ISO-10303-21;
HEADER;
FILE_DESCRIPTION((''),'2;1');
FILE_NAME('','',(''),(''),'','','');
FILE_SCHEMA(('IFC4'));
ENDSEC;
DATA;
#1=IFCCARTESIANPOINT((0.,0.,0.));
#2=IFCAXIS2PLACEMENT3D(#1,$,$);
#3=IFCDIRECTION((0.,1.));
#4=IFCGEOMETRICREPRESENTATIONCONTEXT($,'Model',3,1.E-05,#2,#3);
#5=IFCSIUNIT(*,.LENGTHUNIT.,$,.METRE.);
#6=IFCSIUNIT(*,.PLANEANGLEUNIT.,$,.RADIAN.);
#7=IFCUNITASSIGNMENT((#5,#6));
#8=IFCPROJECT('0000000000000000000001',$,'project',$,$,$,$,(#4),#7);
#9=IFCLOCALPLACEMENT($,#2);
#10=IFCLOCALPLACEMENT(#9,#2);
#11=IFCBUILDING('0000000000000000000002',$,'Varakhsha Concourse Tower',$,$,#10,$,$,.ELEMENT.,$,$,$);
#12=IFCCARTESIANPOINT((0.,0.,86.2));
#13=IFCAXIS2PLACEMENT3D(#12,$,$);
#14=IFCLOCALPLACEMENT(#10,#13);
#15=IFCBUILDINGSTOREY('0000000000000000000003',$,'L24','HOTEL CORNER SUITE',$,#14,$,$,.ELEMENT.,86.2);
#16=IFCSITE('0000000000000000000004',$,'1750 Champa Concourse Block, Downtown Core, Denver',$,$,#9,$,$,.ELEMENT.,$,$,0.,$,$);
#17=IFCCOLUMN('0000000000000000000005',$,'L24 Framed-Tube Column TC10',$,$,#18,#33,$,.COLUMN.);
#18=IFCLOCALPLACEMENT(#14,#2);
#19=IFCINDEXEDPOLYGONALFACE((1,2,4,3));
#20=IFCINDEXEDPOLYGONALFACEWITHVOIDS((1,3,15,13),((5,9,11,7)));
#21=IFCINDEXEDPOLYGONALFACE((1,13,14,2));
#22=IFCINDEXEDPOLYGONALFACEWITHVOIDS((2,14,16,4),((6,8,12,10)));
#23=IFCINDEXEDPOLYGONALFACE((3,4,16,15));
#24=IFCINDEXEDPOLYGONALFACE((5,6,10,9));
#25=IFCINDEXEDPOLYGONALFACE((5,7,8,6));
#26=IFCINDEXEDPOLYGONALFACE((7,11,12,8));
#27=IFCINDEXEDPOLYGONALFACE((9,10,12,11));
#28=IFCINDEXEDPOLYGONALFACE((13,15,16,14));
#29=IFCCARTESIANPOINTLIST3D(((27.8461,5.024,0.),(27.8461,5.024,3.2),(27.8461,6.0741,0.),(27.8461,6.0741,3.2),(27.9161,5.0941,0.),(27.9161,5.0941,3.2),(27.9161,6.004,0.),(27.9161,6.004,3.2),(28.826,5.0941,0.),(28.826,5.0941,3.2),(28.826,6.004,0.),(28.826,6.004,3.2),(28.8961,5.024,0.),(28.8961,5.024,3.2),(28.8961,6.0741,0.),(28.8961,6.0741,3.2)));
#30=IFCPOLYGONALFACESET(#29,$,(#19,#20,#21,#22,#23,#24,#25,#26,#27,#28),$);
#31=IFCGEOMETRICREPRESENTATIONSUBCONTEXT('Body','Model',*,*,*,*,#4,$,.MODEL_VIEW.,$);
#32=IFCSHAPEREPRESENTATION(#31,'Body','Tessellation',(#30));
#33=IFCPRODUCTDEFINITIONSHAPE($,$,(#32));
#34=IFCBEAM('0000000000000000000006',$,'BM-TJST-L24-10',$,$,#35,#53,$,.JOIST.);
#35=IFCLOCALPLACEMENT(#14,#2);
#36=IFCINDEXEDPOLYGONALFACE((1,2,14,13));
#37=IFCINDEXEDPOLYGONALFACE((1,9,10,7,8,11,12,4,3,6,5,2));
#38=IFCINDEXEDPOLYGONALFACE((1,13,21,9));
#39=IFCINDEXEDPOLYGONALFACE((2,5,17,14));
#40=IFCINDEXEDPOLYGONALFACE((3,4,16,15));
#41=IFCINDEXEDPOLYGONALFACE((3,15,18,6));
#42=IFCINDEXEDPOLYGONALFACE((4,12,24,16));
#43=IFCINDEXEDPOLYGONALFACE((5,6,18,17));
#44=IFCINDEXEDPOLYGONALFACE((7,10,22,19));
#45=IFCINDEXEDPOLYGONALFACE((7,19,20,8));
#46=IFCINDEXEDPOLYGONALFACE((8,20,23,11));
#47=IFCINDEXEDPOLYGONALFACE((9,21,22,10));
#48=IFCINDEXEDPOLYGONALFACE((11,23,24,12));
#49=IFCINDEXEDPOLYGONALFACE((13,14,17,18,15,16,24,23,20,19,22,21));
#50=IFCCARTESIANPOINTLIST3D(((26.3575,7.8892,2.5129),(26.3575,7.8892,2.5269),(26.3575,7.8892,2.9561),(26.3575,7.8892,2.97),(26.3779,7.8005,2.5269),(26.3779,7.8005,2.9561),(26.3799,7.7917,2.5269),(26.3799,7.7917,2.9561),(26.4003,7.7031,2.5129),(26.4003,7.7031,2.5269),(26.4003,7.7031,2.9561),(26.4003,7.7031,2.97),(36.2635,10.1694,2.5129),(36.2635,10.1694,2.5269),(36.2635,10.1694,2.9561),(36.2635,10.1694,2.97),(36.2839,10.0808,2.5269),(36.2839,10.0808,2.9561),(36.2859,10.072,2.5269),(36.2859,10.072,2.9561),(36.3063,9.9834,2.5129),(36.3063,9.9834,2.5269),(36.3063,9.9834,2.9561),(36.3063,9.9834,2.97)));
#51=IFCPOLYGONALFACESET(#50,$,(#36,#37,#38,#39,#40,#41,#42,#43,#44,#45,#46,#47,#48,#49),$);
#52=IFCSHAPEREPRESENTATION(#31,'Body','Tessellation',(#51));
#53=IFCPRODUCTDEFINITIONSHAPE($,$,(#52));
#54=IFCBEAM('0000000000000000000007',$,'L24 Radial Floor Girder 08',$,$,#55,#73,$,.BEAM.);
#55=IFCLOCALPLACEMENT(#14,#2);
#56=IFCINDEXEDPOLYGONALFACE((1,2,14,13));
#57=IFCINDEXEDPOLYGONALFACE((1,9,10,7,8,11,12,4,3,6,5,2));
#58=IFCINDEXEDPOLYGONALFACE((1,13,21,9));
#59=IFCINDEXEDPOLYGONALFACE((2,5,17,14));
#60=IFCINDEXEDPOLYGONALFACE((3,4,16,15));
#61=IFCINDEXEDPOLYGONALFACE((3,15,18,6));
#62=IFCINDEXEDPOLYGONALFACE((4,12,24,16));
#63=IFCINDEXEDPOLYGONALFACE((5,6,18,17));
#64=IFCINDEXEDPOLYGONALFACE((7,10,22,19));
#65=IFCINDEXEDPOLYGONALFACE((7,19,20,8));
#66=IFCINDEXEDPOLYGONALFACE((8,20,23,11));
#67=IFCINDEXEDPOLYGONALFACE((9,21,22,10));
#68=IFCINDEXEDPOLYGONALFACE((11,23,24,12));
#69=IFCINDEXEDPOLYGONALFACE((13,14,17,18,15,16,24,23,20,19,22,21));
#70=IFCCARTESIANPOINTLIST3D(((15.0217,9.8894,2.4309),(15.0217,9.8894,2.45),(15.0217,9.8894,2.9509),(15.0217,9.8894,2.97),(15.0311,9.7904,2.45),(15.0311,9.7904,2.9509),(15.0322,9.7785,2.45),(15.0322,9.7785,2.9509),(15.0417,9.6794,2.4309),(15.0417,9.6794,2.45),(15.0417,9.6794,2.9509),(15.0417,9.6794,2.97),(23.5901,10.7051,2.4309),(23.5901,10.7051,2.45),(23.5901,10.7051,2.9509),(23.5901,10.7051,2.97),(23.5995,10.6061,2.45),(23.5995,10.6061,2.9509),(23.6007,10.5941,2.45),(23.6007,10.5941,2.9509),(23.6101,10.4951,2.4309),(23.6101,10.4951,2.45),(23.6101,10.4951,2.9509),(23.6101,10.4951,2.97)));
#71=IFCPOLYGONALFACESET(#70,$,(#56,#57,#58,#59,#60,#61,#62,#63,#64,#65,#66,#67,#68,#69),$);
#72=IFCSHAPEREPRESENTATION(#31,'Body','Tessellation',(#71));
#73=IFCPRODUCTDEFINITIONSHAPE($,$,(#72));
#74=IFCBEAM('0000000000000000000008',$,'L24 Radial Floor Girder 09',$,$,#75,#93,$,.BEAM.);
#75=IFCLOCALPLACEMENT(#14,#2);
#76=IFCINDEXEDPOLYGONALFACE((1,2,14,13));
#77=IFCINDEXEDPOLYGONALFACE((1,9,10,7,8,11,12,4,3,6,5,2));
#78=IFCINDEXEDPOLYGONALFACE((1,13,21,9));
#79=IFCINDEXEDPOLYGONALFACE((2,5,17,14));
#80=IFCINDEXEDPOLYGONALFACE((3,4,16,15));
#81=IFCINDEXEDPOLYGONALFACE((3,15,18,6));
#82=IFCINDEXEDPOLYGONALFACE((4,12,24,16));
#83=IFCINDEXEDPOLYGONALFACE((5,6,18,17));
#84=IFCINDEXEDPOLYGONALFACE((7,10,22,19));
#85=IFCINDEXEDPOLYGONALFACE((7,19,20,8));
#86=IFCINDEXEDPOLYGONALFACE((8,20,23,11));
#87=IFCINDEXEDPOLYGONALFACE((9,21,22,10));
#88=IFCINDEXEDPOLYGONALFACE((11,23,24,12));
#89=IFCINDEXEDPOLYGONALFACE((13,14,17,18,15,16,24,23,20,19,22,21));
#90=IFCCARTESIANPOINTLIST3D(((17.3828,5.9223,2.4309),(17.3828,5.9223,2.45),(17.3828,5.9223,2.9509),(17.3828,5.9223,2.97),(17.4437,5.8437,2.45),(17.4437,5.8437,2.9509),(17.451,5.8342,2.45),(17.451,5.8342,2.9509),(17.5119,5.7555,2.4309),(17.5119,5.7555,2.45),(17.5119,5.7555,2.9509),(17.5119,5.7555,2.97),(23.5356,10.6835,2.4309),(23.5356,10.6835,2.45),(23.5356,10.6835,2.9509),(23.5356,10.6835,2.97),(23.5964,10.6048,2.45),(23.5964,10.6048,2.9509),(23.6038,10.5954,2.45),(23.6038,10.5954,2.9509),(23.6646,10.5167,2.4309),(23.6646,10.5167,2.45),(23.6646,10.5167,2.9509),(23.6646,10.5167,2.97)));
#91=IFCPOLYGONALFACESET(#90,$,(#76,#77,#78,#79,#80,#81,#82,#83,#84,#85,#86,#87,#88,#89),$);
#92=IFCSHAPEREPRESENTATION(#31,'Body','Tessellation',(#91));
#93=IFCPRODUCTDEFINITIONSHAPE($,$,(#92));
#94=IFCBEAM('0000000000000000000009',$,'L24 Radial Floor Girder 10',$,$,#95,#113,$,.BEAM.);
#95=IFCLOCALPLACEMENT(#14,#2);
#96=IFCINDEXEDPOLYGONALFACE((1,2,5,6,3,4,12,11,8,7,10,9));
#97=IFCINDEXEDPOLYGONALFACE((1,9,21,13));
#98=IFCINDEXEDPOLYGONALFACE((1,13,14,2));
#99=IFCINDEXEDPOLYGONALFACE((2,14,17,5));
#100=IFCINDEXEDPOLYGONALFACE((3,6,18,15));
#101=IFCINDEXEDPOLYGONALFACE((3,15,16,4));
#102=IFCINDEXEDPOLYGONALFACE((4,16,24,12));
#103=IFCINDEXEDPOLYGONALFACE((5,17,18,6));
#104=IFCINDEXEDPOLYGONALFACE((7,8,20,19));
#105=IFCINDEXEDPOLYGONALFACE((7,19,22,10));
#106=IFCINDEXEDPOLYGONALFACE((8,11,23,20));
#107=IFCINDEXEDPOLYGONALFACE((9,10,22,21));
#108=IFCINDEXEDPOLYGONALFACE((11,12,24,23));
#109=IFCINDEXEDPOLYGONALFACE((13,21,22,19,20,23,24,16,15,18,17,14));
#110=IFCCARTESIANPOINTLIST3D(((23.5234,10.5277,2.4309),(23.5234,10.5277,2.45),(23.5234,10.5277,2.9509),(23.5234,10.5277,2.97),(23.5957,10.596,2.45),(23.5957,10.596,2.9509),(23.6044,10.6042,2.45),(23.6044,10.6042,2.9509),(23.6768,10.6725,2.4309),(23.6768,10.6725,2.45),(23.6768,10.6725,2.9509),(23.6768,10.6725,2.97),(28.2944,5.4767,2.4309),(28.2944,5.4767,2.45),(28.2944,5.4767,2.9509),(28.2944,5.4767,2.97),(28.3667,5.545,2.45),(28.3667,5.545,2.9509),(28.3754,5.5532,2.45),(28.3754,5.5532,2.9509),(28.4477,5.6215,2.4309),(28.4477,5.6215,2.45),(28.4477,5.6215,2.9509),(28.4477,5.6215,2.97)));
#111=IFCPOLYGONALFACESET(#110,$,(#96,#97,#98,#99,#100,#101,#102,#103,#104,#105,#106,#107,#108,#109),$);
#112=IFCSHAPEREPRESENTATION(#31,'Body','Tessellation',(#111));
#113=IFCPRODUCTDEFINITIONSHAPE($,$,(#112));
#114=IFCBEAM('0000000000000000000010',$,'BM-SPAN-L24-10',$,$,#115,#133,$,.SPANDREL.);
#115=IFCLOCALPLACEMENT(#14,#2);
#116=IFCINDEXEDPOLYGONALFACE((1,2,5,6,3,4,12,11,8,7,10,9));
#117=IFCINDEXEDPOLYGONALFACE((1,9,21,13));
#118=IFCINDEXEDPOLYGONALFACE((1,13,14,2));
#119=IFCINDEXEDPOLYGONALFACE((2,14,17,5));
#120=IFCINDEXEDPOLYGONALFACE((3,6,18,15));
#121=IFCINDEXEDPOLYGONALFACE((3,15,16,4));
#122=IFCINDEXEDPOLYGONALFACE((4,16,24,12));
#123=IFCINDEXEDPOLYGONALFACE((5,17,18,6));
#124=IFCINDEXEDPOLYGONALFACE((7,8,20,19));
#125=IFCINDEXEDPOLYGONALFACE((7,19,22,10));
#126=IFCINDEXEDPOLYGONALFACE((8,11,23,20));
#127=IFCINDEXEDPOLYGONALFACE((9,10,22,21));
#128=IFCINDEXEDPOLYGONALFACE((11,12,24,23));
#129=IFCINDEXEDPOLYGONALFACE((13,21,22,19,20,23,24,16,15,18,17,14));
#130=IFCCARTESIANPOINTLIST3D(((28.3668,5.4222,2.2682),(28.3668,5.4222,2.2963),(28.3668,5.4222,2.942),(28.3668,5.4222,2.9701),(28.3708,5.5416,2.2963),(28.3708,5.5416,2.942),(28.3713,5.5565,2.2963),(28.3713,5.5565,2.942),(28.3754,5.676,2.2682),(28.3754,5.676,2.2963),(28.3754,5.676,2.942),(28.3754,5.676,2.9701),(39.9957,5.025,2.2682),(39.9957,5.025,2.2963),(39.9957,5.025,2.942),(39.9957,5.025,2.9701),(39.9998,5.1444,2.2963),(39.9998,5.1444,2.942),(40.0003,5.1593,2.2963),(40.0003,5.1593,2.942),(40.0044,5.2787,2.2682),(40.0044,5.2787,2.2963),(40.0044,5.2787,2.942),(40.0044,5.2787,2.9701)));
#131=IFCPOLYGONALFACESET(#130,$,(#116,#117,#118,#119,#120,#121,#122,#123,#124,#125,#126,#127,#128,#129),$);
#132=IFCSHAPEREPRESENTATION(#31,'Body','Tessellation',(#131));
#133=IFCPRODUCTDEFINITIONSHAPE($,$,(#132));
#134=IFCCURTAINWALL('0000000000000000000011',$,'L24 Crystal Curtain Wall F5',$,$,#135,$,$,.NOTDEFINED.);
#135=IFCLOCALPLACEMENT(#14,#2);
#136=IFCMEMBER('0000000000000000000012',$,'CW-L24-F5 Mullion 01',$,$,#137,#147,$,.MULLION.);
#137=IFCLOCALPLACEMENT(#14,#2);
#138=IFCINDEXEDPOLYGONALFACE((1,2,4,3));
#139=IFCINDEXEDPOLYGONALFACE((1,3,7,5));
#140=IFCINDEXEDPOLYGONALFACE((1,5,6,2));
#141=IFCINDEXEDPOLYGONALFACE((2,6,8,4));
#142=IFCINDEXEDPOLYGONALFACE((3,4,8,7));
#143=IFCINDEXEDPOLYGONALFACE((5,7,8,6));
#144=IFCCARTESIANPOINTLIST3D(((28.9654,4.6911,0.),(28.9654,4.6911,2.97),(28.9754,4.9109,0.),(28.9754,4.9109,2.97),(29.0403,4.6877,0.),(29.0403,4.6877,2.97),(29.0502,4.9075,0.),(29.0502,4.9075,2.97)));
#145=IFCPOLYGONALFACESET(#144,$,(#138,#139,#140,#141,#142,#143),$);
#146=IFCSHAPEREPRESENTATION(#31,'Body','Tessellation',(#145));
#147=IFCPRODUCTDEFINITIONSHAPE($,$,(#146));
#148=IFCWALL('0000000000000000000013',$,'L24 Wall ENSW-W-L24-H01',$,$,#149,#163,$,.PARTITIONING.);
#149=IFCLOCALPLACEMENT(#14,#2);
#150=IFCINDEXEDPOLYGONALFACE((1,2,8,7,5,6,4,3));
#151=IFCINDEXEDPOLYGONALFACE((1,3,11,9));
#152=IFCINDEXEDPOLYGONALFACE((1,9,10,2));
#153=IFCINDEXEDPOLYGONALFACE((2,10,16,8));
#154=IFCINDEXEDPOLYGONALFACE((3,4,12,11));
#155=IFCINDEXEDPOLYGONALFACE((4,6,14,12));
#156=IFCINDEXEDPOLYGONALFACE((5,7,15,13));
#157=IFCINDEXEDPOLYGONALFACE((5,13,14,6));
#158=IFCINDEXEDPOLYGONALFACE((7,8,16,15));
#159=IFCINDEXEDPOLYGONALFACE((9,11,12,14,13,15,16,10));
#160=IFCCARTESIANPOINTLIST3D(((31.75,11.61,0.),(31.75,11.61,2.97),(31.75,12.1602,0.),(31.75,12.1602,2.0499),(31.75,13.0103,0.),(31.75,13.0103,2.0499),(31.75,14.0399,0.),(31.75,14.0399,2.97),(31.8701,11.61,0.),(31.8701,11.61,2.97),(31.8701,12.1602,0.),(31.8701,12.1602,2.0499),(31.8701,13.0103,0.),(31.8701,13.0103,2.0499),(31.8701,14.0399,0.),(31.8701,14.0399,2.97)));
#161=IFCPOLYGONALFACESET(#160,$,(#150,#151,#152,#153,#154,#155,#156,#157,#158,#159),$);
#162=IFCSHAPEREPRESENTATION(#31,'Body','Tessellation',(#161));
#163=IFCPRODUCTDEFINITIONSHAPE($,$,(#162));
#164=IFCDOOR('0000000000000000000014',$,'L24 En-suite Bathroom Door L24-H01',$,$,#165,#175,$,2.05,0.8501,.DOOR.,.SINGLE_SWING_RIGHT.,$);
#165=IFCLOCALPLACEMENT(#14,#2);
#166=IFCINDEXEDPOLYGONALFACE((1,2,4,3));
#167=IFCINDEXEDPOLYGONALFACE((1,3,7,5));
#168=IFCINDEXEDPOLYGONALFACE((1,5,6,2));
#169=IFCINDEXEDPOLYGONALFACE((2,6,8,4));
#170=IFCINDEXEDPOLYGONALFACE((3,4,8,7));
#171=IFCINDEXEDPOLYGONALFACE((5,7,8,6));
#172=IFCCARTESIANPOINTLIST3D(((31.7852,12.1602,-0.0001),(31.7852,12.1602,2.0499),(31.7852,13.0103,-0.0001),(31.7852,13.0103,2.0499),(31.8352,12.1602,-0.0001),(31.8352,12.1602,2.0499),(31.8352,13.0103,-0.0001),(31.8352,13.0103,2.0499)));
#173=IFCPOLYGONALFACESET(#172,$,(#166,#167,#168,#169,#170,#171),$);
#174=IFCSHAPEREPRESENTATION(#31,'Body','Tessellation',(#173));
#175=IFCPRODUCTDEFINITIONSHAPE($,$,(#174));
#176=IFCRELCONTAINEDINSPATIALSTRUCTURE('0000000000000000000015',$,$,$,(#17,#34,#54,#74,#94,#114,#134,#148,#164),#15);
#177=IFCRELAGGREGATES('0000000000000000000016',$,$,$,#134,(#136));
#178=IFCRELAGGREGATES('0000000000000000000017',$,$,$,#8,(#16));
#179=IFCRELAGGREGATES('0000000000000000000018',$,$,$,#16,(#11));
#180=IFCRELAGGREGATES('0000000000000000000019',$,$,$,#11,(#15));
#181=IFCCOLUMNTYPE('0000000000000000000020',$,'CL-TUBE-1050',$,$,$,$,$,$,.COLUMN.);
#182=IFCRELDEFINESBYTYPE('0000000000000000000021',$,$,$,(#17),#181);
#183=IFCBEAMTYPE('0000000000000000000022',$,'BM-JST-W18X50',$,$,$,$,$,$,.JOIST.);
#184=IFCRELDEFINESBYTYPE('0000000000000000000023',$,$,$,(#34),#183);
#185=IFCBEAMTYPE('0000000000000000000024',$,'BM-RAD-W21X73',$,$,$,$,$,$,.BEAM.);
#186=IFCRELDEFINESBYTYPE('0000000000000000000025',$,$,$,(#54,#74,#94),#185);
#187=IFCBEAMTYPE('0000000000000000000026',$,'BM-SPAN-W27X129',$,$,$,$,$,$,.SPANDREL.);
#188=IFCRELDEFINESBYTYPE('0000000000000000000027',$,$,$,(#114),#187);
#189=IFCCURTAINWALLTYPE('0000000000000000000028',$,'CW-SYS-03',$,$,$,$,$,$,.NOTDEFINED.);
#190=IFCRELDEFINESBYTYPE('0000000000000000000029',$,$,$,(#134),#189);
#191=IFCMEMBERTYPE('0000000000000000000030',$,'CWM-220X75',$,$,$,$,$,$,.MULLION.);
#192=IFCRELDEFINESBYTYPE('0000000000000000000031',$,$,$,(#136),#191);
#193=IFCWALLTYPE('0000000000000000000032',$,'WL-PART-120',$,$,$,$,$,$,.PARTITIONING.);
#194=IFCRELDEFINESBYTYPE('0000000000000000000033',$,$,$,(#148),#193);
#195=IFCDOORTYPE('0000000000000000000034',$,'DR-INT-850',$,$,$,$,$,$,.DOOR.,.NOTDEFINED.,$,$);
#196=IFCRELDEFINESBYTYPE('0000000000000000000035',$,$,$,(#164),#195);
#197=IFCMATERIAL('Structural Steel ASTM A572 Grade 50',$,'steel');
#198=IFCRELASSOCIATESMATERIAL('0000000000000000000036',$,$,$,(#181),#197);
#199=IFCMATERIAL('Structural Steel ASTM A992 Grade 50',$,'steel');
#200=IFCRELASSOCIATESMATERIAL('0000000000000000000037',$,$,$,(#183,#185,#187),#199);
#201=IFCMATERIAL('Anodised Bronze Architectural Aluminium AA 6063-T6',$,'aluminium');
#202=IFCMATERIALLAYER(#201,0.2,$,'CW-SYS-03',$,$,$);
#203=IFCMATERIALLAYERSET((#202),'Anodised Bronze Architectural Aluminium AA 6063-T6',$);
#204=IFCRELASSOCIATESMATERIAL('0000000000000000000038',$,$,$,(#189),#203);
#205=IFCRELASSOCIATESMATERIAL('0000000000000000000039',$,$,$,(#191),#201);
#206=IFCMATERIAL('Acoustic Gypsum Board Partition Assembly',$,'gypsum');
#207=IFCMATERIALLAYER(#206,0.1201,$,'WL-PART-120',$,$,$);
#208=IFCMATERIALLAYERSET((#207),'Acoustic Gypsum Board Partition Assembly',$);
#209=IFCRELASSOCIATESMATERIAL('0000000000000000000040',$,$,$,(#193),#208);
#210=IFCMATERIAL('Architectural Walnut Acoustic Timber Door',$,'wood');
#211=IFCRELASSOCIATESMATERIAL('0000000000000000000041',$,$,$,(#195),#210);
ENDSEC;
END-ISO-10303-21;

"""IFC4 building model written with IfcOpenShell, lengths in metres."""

from ifc_helpers import new_model, si_unit, direction, frame, frame_2d, origin, origin_2d, place, context, subcontext, project, spatial, rectangle, hollow_rectangle, i_section, extrude, source, transform, mapped, material, layer, layer_set, material_profile, profile_set, type_object, type_shapes, element, fill, aggregate, save


model = new_model("IFC4")

# Units and contexts
model_context = context("Model", 3, precision=1e-05, world=origin(), true_north=direction((0.0, 1.0)))
body_context = subcontext(model_context, "Body", "Model", "MODEL_VIEW")
ifc_project = project(units=[si_unit("LENGTHUNIT", "METRE"), si_unit("PLANEANGLEUNIT", "RADIAN")], contexts=[model_context])

# Site, building, storey
site_placement = place(None, origin())
site = spatial("IfcSite", under=ifc_project, at=site_placement, Name="1750 Champa Concourse Block, Downtown Core, Denver", CompositionType="ELEMENT", RefElevation=0.0)
building_placement = place(site_placement, origin())
building = spatial("IfcBuilding", under=site, at=building_placement, Name="Varakhsha Concourse Tower", CompositionType="ELEMENT")
storey_placement = place(building_placement, frame((0.0, 0.0, 86.2)))
storey = spatial("IfcBuildingStorey", under=building, at=storey_placement, Name="L24", Description="HOTEL CORNER SUITE", CompositionType="ELEMENT", Elevation=86.2)

# Column
ifc_material_1 = material(Name="Structural Steel ASTM A572 Grade 50", Category="steel")
ifc_material_profile_1 = material_profile(ifc_material_1, hollow_rectangle(XDim=1.05, YDim=1.05, WallThickness=0.0701, at=origin_2d()), Name="BOX 1050x1050x70")
ifc_profile_set_1 = profile_set([ifc_material_profile_1], Name="Structural Steel ASTM A572 Grade 50")
column_type = type_object("IfcColumnType", Name="CL-TUBE-1050", PredefinedType="COLUMN", material=ifc_profile_set_1)
column_placement = place(storey_placement, frame((28.3711, 5.5491, 0.0), z_axis=(0.0, 0.0, 1.0), x_axis=(1.0, 0.0, 0.0)))
element("IfcColumn", 1, at=column_placement, inside=storey, type_object=column_type, Name="L24 Framed-Tube Column TC10", PredefinedType="COLUMN", context=body_context, shape_type="SweptSolid", body=[
    extrude(hollow_rectangle(XDim=1.05, YDim=1.05, WallThickness=0.0701, at=origin_2d()), origin(), (0.0, 0.0, 1.0), 3.2),
])

# Beams
ifc_material_2 = material(Name="Structural Steel ASTM A992 Grade 50", Category="steel")
ifc_material_profile_2 = material_profile(ifc_material_2, i_section(OverallWidth=0.1909, OverallDepth=0.457, WebThickness=0.009, FlangeThickness=0.0139, at=origin_2d()), Name="W18X50")
ifc_profile_set_2 = profile_set([ifc_material_profile_2], Name="Structural Steel ASTM A992 Grade 50")
beam_type_1 = type_object("IfcBeamType", Name="BM-JST-W18X50", PredefinedType="JOIST", material=ifc_profile_set_2)
beam_1_placement = place(storey_placement, frame((26.3789, 7.7961, 2.7415), z_axis=(0.974515, 0.224324, 0.0), x_axis=(-0.224324, 0.974515, 0.0)))
element("IfcBeam", 2, at=beam_1_placement, inside=storey, type_object=beam_type_1, Name="BM-TJST-L24-10", PredefinedType="JOIST", context=body_context, shape_type="SweptSolid", body=[
    extrude(i_section(OverallWidth=0.1909, OverallDepth=0.457, WebThickness=0.009, FlangeThickness=0.0139, at=origin_2d()), origin(), (0.0, 0.0, 1.0), 10.165),
])
ifc_material_profile_3 = material_profile(ifc_material_2, i_section(OverallWidth=0.2109, OverallDepth=0.5391, WebThickness=0.012, FlangeThickness=0.019, at=origin_2d()), Name="W21X73")
ifc_profile_set_3 = profile_set([ifc_material_profile_3], Name="Structural Steel ASTM A992 Grade 50")
beam_type_2 = type_object("IfcBeamType", Name="BM-RAD-W21X73", PredefinedType="BEAM", material=ifc_profile_set_3)
beam_2_placement = place(storey_placement, frame((23.6001, 10.6001, 2.7004), z_axis=(-0.995499, -0.094768, 0.0), x_axis=(0.094768, -0.995499, 0.0)))
element("IfcBeam", 3, at=beam_2_placement, inside=storey, type_object=beam_type_2, Name="L24 Radial Floor Girder 08", PredefinedType="BEAM", context=body_context, shape_type="SweptSolid", body=[
    extrude(i_section(OverallWidth=0.2109, OverallDepth=0.5391, WebThickness=0.012, FlangeThickness=0.019, at=origin_2d()), origin(), (0.0, 0.0, 1.0), 8.6072),
])
beam_3_placement = place(storey_placement, frame((23.6001, 10.6001, 2.7004), z_axis=(-0.790864, -0.611992, 0.0), x_axis=(0.611992, -0.790864, 0.0)))
element("IfcBeam", 4, at=beam_3_placement, inside=storey, type_object=beam_type_2, Name="L24 Radial Floor Girder 09", PredefinedType="BEAM", context=body_context, shape_type="SweptSolid", body=[
    extrude(i_section(OverallWidth=0.2109, OverallDepth=0.5391, WebThickness=0.012, FlangeThickness=0.019, at=origin_2d()), origin(), (0.0, 0.0, 1.0), 7.7798),
])
beam_4_placement = place(storey_placement, frame((23.6001, 10.6001, 2.7004), z_axis=(0.686668, -0.726971, 0.0), x_axis=(0.726971, 0.686668, 0.0)))
element("IfcBeam", 5, at=beam_4_placement, inside=storey, type_object=beam_type_2, Name="L24 Radial Floor Girder 10", PredefinedType="BEAM", context=body_context, shape_type="SweptSolid", body=[
    extrude(i_section(OverallWidth=0.2109, OverallDepth=0.5391, WebThickness=0.012, FlangeThickness=0.019, at=origin_2d()), origin(), (0.0, 0.0, 1.0), 6.948),
])
ifc_material_profile_4 = material_profile(ifc_material_2, i_section(OverallWidth=0.2539, OverallDepth=0.7019, WebThickness=0.0149, FlangeThickness=0.0281, at=origin_2d()), Name="W27X129")
ifc_profile_set_4 = profile_set([ifc_material_profile_4], Name="Structural Steel ASTM A992 Grade 50")
beam_type_3 = type_object("IfcBeamType", Name="BM-SPAN-W27X129", PredefinedType="SPANDREL", material=ifc_profile_set_4)
beam_5_placement = place(storey_placement, frame((28.3711, 5.5491, 2.6191), z_axis=(0.999417, -0.034138, 0.0), x_axis=(0.034138, 0.999417, 0.0)))
element("IfcBeam", 6, at=beam_5_placement, inside=storey, type_object=beam_type_3, Name="BM-SPAN-L24-10", PredefinedType="SPANDREL", context=body_context, shape_type="SweptSolid", body=[
    extrude(i_section(OverallWidth=0.2539, OverallDepth=0.7019, WebThickness=0.0149, FlangeThickness=0.0281, at=origin_2d()), origin(), (0.0, 0.0, 1.0), 11.6357),
])

# Curtain wall, member
ifc_material_3 = material(Name="Anodised Bronze Architectural Aluminium AA 6063-T6", Category="aluminium")
ifc_layer_1 = layer(ifc_material_3, 0.2, Name="CW-SYS-03")
ifc_layer_set_1 = layer_set([ifc_layer_1], Name="Anodised Bronze Architectural Aluminium AA 6063-T6")
curtain_wall_type = type_object("IfcCurtainWallType", Name="CW-SYS-03", PredefinedType="NOTDEFINED", material=ifc_layer_set_1)
curtain_wall_placement = place(storey_placement, origin())
curtain_wall = element("IfcCurtainWall", 7, at=curtain_wall_placement, inside=storey, type_object=curtain_wall_type, Name="L24 Crystal Curtain Wall F5", PredefinedType="NOTDEFINED")
ifc_material_profile_5 = material_profile(ifc_material_3, rectangle(XDim=0.075, YDim=0.22, at=origin_2d()), Name="CWM-220X75")
ifc_profile_set_5 = profile_set([ifc_material_profile_5], Name="Anodised Bronze Architectural Aluminium AA 6063-T6")
member_type = type_object("IfcMemberType", Name="CWM-220X75", PredefinedType="MULLION", material=ifc_profile_set_5)
shared_shape = source(origin(), body_context, "Body", "SweptSolid", [
    extrude(rectangle(XDim=0.075, YDim=0.22, at=origin_2d()), origin(), (0.0, 0.0, 1.0), 2.97),
])
type_shapes(member_type, [shared_shape])
member_placement = place(storey_placement, frame((29.0078, 4.7993, 0.0), z_axis=(0.0, 0.0, 1.0), x_axis=(-0.99897, 0.04538, 0.0)))
member = element("IfcMember", 8, at=member_placement, type_object=member_type, Name="CW-L24-F5 Mullion 01", PredefinedType="MULLION", context=body_context, shape_type="MappedRepresentation", body=[
    mapped(shared_shape, transform((0.0, 0.0, 0.0), scale=1.0)),
])
aggregate(curtain_wall, [member])

# Wall, opening, door
ifc_material_4 = material(Name="Acoustic Gypsum Board Partition Assembly", Category="gypsum")
ifc_layer_2 = layer(ifc_material_4, 0.1201, Name="WL-PART-120")
ifc_layer_set_2 = layer_set([ifc_layer_2], Name="Acoustic Gypsum Board Partition Assembly")
wall_type_1 = type_object("IfcWallType", Name="WL-PART-120", PredefinedType="PARTITIONING", material=ifc_layer_set_2)
wall_1_placement = place(storey_placement, frame((31.8101, 11.6101, 0.0), z_axis=(0.0, 0.0, 1.0), x_axis=(0.0, 1.0, 0.0)))
wall_1 = element("IfcWall", 9, at=wall_1_placement, inside=storey, type_object=wall_type_1, Name="L24 Wall ENSW-W-L24-H01", PredefinedType="PARTITIONING", context=body_context, shape_type="SweptSolid", body=[
    extrude(rectangle(XDim=2.4299, YDim=0.1201, at=frame_2d((1.2148, 0.0))), origin(), (0.0, 0.0, 1.0), 2.97),
])
opening_1_placement = place(wall_1_placement, frame((0.55, 0.0, 0.0)))
opening_1 = element("IfcOpeningElement", 10, at=opening_1_placement, cuts=wall_1, PredefinedType="OPENING", context=body_context, shape_type="SweptSolid", body=[
    extrude(rectangle(XDim=0.8501, YDim=2.05, at=frame_2d((0.425, 1.0249))), frame((0.0, 0.0701, 0.0), z_axis=(0.0, -1.0, 0.0), x_axis=(1.0, 0.0, 0.0)), (0.0, 0.0, 1.0), 0.1401),
])
ifc_material_5 = material(Name="Architectural Walnut Acoustic Timber Door", Category="wood")
door_type_1 = type_object("IfcDoorType", Name="DR-INT-850", OperationType="NOTDEFINED", PredefinedType="DOOR", material=ifc_material_5)
door_1_placement = place(opening_1_placement, origin())
door_1 = element("IfcDoor", 11, at=door_1_placement, inside=storey, type_object=door_type_1, Name="L24 En-suite Bathroom Door L24-H01", OperationType="SINGLE_SWING_RIGHT", OverallHeight=2.05, OverallWidth=0.8501, PredefinedType="DOOR", context=body_context, shape_type="SweptSolid", body=[
    extrude(rectangle(XDim=0.8501, YDim=2.05, at=frame_2d((0.425, 1.0249))), frame((0.0, 0.0249, 0.0), z_axis=(0.0, -1.0, 0.0), x_axis=(1.0, 0.0, 0.0)), (0.0, 0.0, 1.0), 0.05),
])
fill(opening_1, door_1)

save(model, "model.ifc")
